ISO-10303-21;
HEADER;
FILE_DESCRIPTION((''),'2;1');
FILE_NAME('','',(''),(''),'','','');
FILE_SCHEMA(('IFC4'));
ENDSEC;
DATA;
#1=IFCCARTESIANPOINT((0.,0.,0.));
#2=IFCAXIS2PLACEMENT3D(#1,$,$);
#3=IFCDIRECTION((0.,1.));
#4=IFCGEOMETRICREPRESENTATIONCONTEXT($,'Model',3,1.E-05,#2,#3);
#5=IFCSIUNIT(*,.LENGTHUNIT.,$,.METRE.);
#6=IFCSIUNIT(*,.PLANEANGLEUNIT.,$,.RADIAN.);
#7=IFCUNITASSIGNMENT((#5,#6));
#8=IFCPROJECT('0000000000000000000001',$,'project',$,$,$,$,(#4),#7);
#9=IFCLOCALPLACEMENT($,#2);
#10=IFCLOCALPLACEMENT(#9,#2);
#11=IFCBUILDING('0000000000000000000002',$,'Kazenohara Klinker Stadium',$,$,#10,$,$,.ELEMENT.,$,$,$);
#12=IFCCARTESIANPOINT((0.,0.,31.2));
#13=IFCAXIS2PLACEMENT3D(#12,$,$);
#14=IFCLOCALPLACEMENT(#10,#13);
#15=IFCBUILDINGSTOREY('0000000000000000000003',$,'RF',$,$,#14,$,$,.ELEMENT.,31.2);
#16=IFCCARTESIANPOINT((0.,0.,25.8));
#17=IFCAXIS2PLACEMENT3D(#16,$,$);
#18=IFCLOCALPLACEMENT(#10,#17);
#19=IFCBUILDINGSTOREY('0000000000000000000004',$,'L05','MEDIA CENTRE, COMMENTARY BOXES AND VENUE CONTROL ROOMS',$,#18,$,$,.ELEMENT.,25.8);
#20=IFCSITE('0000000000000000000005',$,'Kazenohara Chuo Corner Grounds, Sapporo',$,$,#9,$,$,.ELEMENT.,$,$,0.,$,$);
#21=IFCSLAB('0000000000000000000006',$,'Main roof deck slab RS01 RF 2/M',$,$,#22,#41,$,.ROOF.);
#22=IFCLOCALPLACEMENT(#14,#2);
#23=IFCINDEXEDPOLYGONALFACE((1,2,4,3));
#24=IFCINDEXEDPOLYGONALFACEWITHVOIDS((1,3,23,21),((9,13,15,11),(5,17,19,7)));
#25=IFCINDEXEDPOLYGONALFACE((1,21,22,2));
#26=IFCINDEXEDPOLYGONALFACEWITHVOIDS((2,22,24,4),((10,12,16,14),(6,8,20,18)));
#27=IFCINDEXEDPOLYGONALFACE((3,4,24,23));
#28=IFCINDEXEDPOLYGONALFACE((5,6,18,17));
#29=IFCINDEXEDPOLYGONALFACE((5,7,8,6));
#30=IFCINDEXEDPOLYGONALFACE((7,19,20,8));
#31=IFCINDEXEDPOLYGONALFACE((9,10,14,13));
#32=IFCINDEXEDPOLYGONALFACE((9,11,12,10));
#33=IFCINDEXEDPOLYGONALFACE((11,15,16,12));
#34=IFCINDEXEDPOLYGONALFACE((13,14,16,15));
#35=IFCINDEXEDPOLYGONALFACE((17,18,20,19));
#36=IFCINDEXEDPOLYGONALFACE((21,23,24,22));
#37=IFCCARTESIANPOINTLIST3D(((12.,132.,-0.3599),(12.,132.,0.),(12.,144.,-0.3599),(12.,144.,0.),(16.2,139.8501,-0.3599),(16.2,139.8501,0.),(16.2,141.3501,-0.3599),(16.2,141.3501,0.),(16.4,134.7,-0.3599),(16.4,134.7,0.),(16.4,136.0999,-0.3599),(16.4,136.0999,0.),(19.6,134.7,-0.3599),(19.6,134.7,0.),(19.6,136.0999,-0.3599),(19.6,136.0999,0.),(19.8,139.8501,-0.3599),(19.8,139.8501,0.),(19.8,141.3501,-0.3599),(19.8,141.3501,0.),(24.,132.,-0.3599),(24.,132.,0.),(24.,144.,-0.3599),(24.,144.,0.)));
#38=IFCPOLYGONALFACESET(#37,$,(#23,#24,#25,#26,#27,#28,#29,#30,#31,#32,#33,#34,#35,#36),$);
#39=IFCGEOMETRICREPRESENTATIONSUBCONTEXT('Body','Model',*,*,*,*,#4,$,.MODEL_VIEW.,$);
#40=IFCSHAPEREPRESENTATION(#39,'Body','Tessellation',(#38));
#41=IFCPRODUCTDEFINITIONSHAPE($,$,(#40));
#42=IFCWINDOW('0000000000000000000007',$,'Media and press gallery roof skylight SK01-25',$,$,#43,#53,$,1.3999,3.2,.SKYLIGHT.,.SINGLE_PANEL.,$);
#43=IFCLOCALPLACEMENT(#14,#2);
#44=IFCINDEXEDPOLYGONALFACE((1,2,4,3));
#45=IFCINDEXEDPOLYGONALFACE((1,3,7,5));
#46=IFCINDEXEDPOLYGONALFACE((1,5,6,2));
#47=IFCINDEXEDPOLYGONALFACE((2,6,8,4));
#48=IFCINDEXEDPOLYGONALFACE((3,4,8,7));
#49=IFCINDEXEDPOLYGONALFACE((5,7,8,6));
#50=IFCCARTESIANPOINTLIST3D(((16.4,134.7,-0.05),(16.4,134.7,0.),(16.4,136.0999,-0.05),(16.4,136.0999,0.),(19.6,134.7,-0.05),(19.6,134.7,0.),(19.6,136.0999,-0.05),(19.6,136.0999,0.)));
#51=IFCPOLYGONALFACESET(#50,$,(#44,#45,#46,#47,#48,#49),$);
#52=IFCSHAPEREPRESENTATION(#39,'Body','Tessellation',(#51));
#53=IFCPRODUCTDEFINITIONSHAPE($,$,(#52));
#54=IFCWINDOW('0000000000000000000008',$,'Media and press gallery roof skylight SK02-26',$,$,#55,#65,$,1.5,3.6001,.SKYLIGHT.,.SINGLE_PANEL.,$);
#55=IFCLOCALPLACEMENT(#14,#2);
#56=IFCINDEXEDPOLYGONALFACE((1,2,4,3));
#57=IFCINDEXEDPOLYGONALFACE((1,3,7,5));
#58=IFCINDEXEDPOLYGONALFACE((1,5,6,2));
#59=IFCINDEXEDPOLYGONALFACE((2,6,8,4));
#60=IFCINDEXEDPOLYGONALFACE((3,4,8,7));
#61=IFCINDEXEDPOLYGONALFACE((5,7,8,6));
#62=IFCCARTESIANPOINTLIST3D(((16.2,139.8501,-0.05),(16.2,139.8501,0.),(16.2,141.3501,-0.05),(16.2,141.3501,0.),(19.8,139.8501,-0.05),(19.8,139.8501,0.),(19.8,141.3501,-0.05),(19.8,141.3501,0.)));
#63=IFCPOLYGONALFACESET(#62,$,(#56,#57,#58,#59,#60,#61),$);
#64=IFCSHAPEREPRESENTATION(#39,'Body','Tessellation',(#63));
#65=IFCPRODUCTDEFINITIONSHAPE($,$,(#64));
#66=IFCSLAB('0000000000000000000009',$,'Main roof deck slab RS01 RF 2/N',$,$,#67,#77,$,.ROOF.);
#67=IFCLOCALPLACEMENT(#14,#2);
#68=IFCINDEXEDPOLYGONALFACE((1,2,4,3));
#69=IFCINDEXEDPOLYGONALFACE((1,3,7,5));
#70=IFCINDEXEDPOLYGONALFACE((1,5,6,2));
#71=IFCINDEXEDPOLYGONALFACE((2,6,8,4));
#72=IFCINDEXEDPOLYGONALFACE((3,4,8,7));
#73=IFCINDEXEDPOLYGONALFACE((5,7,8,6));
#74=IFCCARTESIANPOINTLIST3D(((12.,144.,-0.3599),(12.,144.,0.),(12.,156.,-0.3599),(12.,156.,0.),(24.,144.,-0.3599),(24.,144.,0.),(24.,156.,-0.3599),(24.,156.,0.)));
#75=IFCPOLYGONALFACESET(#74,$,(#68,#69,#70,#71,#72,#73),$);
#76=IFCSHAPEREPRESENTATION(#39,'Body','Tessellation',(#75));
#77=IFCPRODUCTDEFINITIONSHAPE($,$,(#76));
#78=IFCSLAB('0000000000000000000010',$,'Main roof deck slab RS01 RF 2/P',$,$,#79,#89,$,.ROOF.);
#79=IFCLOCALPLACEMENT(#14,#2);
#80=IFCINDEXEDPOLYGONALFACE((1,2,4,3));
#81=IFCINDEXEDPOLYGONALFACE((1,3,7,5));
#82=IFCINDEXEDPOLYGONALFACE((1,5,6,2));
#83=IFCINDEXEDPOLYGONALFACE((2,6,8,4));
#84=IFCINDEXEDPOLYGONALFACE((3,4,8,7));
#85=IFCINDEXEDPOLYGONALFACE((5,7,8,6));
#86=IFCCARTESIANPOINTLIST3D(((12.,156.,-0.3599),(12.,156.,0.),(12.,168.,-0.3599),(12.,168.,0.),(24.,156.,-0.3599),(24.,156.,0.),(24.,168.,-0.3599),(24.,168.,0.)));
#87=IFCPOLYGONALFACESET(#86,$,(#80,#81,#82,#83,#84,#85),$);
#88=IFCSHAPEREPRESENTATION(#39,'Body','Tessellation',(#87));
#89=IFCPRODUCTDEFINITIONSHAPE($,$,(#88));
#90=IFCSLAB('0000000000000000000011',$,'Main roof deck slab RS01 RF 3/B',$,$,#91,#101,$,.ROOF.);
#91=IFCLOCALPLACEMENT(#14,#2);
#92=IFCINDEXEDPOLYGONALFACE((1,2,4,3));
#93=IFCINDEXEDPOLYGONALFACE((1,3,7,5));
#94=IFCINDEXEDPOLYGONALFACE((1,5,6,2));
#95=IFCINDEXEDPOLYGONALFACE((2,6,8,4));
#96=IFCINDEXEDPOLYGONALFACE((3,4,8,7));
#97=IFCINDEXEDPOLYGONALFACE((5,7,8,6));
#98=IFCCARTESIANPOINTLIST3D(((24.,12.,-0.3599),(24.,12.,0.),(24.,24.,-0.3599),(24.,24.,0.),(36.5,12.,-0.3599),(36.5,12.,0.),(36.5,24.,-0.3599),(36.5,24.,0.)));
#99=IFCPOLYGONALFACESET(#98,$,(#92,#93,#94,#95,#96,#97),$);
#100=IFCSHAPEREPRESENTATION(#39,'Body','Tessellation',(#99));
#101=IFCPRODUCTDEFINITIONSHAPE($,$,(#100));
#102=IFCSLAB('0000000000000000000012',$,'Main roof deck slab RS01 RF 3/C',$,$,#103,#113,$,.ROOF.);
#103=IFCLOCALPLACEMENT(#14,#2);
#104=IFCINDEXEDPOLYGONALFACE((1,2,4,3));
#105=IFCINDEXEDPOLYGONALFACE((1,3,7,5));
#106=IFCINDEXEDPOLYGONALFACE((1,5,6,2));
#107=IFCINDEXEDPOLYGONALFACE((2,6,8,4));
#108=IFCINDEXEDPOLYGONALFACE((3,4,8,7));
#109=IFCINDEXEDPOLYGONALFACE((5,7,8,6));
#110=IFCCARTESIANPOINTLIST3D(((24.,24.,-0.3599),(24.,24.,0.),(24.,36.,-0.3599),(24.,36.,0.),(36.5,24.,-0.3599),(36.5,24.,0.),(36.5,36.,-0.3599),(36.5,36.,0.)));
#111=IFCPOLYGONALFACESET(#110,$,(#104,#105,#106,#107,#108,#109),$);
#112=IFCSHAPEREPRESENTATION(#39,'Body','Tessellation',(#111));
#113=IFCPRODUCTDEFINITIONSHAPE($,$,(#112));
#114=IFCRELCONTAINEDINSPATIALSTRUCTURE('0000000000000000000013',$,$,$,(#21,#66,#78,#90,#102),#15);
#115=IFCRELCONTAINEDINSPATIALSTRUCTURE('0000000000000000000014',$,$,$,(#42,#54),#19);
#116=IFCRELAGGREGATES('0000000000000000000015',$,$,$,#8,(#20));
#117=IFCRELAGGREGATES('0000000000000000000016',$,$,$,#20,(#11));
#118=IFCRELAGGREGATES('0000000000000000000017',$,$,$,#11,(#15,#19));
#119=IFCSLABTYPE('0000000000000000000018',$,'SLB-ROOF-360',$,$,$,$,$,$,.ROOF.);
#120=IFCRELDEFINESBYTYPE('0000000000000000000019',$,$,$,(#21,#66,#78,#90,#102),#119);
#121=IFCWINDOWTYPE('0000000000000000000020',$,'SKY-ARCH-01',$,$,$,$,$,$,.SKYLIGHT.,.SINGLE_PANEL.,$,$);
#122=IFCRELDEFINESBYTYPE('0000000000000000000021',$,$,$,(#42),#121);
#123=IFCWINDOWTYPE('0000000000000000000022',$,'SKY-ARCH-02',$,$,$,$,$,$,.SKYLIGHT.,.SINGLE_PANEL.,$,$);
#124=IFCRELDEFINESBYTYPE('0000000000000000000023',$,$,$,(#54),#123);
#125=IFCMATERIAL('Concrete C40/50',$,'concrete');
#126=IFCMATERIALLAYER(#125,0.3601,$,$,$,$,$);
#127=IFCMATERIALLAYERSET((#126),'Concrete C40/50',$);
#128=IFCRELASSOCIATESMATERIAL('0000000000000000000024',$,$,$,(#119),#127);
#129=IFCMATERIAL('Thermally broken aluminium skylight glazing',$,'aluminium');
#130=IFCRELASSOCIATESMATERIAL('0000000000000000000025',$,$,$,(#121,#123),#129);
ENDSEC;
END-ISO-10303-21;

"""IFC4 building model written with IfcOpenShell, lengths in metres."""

from ifc_helpers import new_model, si_unit, direction, frame, origin, origin_2d, place, context, subcontext, project, spatial, polyline, rectangle, outline, extrude, material, layer, layer_set, type_object, element, fill, save


model = new_model("IFC4")

# Units and contexts
model_context = context("Model", 3, precision=1e-05, world=origin(), true_north=direction((0.0, 1.0)))
body_context = subcontext(model_context, "Body", "Model", "MODEL_VIEW")
ifc_project = project(units=[si_unit("LENGTHUNIT", "METRE"), si_unit("PLANEANGLEUNIT", "RADIAN")], contexts=[model_context])

# Site, building, storey
site_placement = place(None, origin())
site = spatial("IfcSite", under=ifc_project, at=site_placement, Name="Kazenohara Chuo Corner Grounds, Sapporo", CompositionType="ELEMENT", RefElevation=0.0)
building_placement = place(site_placement, origin())
building = spatial("IfcBuilding", under=site, at=building_placement, Name="Kazenohara Klinker Stadium", CompositionType="ELEMENT")
storey_1_placement = place(building_placement, frame((0.0, 0.0, 31.2)))
storey_1 = spatial("IfcBuildingStorey", under=building, at=storey_1_placement, Name="RF", CompositionType="ELEMENT", Elevation=31.2)

# Shared definitions
ifc_material_1 = material(Name="Concrete C40/50", Category="concrete")
ifc_layer = layer(ifc_material_1, 0.3601)
ifc_layer_set = layer_set([ifc_layer], Name="Concrete C40/50")
slab_type = type_object("IfcSlabType", Name="SLB-ROOF-360", PredefinedType="ROOF", material=ifc_layer_set)

# Shared definitions
storey_2_placement = place(building_placement, frame((0.0, 0.0, 25.8)))
storey_2 = spatial("IfcBuildingStorey", under=building, at=storey_2_placement, Name="L05", Description="MEDIA CENTRE, COMMENTARY BOXES AND VENUE CONTROL ROOMS", CompositionType="ELEMENT", Elevation=25.8)

# Shared definitions
ifc_material_2 = material(Name="Thermally broken aluminium skylight glazing", Category="aluminium")
window_type_1 = type_object("IfcWindowType", Name="SKY-ARCH-01", PartitioningType="SINGLE_PANEL", PredefinedType="SKYLIGHT", material=ifc_material_2)

# Slab, openings, windows
window_type_2 = type_object("IfcWindowType", Name="SKY-ARCH-02", PartitioningType="SINGLE_PANEL", PredefinedType="SKYLIGHT", material=ifc_material_2)
slab_1_placement = place(storey_1_placement, frame((0.0, 0.0, -0.3599)))
slab_1 = element("IfcSlab", 1, at=slab_1_placement, inside=storey_1, type_object=slab_type, Name="Main roof deck slab RS01 RF 2/M", PredefinedType="ROOF", context=body_context, shape_type="SweptSolid", body=[
    extrude(outline(polyline([(12.0, 132.0), (24.0, 132.0), (24.0, 144.0), (12.0, 144.0), (12.0, 132.0)])), origin(), (0.0, 0.0, 1.0), 0.3599),
])
opening_1_placement = place(slab_1_placement, frame((18.0, 135.3999, 0.0)))
opening_1 = element("IfcOpeningElement", 2, at=opening_1_placement, cuts=slab_1, PredefinedType="OPENING", context=body_context, shape_type="SweptSolid", body=[
    extrude(rectangle(XDim=3.2, YDim=1.3999, at=origin_2d()), origin(), (0.0, 0.0, 1.0), 0.3599),
])
opening_2_placement = place(slab_1_placement, frame((18.0, 140.6001, 0.0)))
opening_2 = element("IfcOpeningElement", 3, at=opening_2_placement, cuts=slab_1, PredefinedType="OPENING", context=body_context, shape_type="SweptSolid", body=[
    extrude(rectangle(XDim=3.6001, YDim=1.5, at=origin_2d()), origin(), (0.0, 0.0, 1.0), 0.3599),
])
window_1_placement = place(opening_1_placement, frame((0.0, 0.0, 0.3098)))
window_1 = element("IfcWindow", 4, at=window_1_placement, inside=storey_2, type_object=window_type_1, Name="Media and press gallery roof skylight SK01-25", OverallHeight=1.3999, OverallWidth=3.2, PartitioningType="SINGLE_PANEL", PredefinedType="SKYLIGHT", context=body_context, shape_type="SweptSolid", body=[
    extrude(rectangle(XDim=3.2, YDim=1.3999, at=origin_2d()), origin(), (0.0, 0.0, 1.0), 0.05),
])
fill(opening_1, window_1)
window_2_placement = place(opening_2_placement, frame((0.0, 0.0, 0.3098)))
window_2 = element("IfcWindow", 5, at=window_2_placement, inside=storey_2, type_object=window_type_2, Name="Media and press gallery roof skylight SK02-26", OverallHeight=1.5, OverallWidth=3.6001, PartitioningType="SINGLE_PANEL", PredefinedType="SKYLIGHT", context=body_context, shape_type="SweptSolid", body=[
    extrude(rectangle(XDim=3.6001, YDim=1.5, at=origin_2d()), origin(), (0.0, 0.0, 1.0), 0.05),
])
fill(opening_2, window_2)

# Slabs
slab_2_placement = place(storey_1_placement, frame((0.0, 0.0, -0.3599)))
element("IfcSlab", 6, at=slab_2_placement, inside=storey_1, type_object=slab_type, Name="Main roof deck slab RS01 RF 2/N", PredefinedType="ROOF", context=body_context, shape_type="SweptSolid", body=[
    extrude(outline(polyline([(12.0, 144.0), (24.0, 144.0), (24.0, 156.0), (12.0, 156.0), (12.0, 144.0)])), origin(), (0.0, 0.0, 1.0), 0.3599),
])
slab_3_placement = place(storey_1_placement, frame((0.0, 0.0, -0.3599)))
element("IfcSlab", 7, at=slab_3_placement, inside=storey_1, type_object=slab_type, Name="Main roof deck slab RS01 RF 2/P", PredefinedType="ROOF", context=body_context, shape_type="SweptSolid", body=[
    extrude(outline(polyline([(12.0, 156.0), (24.0, 156.0), (24.0, 168.0), (12.0, 168.0), (12.0, 156.0)])), origin(), (0.0, 0.0, 1.0), 0.3599),
])
slab_4_placement = place(storey_1_placement, frame((0.0, 0.0, -0.3599)))
element("IfcSlab", 8, at=slab_4_placement, inside=storey_1, type_object=slab_type, Name="Main roof deck slab RS01 RF 3/B", PredefinedType="ROOF", context=body_context, shape_type="SweptSolid", body=[
    extrude(outline(polyline([(24.0, 12.0), (36.5, 12.0), (36.5, 24.0), (24.0, 24.0), (24.0, 12.0)])), origin(), (0.0, 0.0, 1.0), 0.3599),
])
slab_5_placement = place(storey_1_placement, frame((0.0, 0.0, -0.3599)))
element("IfcSlab", 9, at=slab_5_placement, inside=storey_1, type_object=slab_type, Name="Main roof deck slab RS01 RF 3/C", PredefinedType="ROOF", context=body_context, shape_type="SweptSolid", body=[
    extrude(outline(polyline([(24.0, 24.0), (36.5, 24.0), (36.5, 36.0), (24.0, 36.0), (24.0, 24.0)])), origin(), (0.0, 0.0, 1.0), 0.3599),
])

save(model, "model.ifc")
